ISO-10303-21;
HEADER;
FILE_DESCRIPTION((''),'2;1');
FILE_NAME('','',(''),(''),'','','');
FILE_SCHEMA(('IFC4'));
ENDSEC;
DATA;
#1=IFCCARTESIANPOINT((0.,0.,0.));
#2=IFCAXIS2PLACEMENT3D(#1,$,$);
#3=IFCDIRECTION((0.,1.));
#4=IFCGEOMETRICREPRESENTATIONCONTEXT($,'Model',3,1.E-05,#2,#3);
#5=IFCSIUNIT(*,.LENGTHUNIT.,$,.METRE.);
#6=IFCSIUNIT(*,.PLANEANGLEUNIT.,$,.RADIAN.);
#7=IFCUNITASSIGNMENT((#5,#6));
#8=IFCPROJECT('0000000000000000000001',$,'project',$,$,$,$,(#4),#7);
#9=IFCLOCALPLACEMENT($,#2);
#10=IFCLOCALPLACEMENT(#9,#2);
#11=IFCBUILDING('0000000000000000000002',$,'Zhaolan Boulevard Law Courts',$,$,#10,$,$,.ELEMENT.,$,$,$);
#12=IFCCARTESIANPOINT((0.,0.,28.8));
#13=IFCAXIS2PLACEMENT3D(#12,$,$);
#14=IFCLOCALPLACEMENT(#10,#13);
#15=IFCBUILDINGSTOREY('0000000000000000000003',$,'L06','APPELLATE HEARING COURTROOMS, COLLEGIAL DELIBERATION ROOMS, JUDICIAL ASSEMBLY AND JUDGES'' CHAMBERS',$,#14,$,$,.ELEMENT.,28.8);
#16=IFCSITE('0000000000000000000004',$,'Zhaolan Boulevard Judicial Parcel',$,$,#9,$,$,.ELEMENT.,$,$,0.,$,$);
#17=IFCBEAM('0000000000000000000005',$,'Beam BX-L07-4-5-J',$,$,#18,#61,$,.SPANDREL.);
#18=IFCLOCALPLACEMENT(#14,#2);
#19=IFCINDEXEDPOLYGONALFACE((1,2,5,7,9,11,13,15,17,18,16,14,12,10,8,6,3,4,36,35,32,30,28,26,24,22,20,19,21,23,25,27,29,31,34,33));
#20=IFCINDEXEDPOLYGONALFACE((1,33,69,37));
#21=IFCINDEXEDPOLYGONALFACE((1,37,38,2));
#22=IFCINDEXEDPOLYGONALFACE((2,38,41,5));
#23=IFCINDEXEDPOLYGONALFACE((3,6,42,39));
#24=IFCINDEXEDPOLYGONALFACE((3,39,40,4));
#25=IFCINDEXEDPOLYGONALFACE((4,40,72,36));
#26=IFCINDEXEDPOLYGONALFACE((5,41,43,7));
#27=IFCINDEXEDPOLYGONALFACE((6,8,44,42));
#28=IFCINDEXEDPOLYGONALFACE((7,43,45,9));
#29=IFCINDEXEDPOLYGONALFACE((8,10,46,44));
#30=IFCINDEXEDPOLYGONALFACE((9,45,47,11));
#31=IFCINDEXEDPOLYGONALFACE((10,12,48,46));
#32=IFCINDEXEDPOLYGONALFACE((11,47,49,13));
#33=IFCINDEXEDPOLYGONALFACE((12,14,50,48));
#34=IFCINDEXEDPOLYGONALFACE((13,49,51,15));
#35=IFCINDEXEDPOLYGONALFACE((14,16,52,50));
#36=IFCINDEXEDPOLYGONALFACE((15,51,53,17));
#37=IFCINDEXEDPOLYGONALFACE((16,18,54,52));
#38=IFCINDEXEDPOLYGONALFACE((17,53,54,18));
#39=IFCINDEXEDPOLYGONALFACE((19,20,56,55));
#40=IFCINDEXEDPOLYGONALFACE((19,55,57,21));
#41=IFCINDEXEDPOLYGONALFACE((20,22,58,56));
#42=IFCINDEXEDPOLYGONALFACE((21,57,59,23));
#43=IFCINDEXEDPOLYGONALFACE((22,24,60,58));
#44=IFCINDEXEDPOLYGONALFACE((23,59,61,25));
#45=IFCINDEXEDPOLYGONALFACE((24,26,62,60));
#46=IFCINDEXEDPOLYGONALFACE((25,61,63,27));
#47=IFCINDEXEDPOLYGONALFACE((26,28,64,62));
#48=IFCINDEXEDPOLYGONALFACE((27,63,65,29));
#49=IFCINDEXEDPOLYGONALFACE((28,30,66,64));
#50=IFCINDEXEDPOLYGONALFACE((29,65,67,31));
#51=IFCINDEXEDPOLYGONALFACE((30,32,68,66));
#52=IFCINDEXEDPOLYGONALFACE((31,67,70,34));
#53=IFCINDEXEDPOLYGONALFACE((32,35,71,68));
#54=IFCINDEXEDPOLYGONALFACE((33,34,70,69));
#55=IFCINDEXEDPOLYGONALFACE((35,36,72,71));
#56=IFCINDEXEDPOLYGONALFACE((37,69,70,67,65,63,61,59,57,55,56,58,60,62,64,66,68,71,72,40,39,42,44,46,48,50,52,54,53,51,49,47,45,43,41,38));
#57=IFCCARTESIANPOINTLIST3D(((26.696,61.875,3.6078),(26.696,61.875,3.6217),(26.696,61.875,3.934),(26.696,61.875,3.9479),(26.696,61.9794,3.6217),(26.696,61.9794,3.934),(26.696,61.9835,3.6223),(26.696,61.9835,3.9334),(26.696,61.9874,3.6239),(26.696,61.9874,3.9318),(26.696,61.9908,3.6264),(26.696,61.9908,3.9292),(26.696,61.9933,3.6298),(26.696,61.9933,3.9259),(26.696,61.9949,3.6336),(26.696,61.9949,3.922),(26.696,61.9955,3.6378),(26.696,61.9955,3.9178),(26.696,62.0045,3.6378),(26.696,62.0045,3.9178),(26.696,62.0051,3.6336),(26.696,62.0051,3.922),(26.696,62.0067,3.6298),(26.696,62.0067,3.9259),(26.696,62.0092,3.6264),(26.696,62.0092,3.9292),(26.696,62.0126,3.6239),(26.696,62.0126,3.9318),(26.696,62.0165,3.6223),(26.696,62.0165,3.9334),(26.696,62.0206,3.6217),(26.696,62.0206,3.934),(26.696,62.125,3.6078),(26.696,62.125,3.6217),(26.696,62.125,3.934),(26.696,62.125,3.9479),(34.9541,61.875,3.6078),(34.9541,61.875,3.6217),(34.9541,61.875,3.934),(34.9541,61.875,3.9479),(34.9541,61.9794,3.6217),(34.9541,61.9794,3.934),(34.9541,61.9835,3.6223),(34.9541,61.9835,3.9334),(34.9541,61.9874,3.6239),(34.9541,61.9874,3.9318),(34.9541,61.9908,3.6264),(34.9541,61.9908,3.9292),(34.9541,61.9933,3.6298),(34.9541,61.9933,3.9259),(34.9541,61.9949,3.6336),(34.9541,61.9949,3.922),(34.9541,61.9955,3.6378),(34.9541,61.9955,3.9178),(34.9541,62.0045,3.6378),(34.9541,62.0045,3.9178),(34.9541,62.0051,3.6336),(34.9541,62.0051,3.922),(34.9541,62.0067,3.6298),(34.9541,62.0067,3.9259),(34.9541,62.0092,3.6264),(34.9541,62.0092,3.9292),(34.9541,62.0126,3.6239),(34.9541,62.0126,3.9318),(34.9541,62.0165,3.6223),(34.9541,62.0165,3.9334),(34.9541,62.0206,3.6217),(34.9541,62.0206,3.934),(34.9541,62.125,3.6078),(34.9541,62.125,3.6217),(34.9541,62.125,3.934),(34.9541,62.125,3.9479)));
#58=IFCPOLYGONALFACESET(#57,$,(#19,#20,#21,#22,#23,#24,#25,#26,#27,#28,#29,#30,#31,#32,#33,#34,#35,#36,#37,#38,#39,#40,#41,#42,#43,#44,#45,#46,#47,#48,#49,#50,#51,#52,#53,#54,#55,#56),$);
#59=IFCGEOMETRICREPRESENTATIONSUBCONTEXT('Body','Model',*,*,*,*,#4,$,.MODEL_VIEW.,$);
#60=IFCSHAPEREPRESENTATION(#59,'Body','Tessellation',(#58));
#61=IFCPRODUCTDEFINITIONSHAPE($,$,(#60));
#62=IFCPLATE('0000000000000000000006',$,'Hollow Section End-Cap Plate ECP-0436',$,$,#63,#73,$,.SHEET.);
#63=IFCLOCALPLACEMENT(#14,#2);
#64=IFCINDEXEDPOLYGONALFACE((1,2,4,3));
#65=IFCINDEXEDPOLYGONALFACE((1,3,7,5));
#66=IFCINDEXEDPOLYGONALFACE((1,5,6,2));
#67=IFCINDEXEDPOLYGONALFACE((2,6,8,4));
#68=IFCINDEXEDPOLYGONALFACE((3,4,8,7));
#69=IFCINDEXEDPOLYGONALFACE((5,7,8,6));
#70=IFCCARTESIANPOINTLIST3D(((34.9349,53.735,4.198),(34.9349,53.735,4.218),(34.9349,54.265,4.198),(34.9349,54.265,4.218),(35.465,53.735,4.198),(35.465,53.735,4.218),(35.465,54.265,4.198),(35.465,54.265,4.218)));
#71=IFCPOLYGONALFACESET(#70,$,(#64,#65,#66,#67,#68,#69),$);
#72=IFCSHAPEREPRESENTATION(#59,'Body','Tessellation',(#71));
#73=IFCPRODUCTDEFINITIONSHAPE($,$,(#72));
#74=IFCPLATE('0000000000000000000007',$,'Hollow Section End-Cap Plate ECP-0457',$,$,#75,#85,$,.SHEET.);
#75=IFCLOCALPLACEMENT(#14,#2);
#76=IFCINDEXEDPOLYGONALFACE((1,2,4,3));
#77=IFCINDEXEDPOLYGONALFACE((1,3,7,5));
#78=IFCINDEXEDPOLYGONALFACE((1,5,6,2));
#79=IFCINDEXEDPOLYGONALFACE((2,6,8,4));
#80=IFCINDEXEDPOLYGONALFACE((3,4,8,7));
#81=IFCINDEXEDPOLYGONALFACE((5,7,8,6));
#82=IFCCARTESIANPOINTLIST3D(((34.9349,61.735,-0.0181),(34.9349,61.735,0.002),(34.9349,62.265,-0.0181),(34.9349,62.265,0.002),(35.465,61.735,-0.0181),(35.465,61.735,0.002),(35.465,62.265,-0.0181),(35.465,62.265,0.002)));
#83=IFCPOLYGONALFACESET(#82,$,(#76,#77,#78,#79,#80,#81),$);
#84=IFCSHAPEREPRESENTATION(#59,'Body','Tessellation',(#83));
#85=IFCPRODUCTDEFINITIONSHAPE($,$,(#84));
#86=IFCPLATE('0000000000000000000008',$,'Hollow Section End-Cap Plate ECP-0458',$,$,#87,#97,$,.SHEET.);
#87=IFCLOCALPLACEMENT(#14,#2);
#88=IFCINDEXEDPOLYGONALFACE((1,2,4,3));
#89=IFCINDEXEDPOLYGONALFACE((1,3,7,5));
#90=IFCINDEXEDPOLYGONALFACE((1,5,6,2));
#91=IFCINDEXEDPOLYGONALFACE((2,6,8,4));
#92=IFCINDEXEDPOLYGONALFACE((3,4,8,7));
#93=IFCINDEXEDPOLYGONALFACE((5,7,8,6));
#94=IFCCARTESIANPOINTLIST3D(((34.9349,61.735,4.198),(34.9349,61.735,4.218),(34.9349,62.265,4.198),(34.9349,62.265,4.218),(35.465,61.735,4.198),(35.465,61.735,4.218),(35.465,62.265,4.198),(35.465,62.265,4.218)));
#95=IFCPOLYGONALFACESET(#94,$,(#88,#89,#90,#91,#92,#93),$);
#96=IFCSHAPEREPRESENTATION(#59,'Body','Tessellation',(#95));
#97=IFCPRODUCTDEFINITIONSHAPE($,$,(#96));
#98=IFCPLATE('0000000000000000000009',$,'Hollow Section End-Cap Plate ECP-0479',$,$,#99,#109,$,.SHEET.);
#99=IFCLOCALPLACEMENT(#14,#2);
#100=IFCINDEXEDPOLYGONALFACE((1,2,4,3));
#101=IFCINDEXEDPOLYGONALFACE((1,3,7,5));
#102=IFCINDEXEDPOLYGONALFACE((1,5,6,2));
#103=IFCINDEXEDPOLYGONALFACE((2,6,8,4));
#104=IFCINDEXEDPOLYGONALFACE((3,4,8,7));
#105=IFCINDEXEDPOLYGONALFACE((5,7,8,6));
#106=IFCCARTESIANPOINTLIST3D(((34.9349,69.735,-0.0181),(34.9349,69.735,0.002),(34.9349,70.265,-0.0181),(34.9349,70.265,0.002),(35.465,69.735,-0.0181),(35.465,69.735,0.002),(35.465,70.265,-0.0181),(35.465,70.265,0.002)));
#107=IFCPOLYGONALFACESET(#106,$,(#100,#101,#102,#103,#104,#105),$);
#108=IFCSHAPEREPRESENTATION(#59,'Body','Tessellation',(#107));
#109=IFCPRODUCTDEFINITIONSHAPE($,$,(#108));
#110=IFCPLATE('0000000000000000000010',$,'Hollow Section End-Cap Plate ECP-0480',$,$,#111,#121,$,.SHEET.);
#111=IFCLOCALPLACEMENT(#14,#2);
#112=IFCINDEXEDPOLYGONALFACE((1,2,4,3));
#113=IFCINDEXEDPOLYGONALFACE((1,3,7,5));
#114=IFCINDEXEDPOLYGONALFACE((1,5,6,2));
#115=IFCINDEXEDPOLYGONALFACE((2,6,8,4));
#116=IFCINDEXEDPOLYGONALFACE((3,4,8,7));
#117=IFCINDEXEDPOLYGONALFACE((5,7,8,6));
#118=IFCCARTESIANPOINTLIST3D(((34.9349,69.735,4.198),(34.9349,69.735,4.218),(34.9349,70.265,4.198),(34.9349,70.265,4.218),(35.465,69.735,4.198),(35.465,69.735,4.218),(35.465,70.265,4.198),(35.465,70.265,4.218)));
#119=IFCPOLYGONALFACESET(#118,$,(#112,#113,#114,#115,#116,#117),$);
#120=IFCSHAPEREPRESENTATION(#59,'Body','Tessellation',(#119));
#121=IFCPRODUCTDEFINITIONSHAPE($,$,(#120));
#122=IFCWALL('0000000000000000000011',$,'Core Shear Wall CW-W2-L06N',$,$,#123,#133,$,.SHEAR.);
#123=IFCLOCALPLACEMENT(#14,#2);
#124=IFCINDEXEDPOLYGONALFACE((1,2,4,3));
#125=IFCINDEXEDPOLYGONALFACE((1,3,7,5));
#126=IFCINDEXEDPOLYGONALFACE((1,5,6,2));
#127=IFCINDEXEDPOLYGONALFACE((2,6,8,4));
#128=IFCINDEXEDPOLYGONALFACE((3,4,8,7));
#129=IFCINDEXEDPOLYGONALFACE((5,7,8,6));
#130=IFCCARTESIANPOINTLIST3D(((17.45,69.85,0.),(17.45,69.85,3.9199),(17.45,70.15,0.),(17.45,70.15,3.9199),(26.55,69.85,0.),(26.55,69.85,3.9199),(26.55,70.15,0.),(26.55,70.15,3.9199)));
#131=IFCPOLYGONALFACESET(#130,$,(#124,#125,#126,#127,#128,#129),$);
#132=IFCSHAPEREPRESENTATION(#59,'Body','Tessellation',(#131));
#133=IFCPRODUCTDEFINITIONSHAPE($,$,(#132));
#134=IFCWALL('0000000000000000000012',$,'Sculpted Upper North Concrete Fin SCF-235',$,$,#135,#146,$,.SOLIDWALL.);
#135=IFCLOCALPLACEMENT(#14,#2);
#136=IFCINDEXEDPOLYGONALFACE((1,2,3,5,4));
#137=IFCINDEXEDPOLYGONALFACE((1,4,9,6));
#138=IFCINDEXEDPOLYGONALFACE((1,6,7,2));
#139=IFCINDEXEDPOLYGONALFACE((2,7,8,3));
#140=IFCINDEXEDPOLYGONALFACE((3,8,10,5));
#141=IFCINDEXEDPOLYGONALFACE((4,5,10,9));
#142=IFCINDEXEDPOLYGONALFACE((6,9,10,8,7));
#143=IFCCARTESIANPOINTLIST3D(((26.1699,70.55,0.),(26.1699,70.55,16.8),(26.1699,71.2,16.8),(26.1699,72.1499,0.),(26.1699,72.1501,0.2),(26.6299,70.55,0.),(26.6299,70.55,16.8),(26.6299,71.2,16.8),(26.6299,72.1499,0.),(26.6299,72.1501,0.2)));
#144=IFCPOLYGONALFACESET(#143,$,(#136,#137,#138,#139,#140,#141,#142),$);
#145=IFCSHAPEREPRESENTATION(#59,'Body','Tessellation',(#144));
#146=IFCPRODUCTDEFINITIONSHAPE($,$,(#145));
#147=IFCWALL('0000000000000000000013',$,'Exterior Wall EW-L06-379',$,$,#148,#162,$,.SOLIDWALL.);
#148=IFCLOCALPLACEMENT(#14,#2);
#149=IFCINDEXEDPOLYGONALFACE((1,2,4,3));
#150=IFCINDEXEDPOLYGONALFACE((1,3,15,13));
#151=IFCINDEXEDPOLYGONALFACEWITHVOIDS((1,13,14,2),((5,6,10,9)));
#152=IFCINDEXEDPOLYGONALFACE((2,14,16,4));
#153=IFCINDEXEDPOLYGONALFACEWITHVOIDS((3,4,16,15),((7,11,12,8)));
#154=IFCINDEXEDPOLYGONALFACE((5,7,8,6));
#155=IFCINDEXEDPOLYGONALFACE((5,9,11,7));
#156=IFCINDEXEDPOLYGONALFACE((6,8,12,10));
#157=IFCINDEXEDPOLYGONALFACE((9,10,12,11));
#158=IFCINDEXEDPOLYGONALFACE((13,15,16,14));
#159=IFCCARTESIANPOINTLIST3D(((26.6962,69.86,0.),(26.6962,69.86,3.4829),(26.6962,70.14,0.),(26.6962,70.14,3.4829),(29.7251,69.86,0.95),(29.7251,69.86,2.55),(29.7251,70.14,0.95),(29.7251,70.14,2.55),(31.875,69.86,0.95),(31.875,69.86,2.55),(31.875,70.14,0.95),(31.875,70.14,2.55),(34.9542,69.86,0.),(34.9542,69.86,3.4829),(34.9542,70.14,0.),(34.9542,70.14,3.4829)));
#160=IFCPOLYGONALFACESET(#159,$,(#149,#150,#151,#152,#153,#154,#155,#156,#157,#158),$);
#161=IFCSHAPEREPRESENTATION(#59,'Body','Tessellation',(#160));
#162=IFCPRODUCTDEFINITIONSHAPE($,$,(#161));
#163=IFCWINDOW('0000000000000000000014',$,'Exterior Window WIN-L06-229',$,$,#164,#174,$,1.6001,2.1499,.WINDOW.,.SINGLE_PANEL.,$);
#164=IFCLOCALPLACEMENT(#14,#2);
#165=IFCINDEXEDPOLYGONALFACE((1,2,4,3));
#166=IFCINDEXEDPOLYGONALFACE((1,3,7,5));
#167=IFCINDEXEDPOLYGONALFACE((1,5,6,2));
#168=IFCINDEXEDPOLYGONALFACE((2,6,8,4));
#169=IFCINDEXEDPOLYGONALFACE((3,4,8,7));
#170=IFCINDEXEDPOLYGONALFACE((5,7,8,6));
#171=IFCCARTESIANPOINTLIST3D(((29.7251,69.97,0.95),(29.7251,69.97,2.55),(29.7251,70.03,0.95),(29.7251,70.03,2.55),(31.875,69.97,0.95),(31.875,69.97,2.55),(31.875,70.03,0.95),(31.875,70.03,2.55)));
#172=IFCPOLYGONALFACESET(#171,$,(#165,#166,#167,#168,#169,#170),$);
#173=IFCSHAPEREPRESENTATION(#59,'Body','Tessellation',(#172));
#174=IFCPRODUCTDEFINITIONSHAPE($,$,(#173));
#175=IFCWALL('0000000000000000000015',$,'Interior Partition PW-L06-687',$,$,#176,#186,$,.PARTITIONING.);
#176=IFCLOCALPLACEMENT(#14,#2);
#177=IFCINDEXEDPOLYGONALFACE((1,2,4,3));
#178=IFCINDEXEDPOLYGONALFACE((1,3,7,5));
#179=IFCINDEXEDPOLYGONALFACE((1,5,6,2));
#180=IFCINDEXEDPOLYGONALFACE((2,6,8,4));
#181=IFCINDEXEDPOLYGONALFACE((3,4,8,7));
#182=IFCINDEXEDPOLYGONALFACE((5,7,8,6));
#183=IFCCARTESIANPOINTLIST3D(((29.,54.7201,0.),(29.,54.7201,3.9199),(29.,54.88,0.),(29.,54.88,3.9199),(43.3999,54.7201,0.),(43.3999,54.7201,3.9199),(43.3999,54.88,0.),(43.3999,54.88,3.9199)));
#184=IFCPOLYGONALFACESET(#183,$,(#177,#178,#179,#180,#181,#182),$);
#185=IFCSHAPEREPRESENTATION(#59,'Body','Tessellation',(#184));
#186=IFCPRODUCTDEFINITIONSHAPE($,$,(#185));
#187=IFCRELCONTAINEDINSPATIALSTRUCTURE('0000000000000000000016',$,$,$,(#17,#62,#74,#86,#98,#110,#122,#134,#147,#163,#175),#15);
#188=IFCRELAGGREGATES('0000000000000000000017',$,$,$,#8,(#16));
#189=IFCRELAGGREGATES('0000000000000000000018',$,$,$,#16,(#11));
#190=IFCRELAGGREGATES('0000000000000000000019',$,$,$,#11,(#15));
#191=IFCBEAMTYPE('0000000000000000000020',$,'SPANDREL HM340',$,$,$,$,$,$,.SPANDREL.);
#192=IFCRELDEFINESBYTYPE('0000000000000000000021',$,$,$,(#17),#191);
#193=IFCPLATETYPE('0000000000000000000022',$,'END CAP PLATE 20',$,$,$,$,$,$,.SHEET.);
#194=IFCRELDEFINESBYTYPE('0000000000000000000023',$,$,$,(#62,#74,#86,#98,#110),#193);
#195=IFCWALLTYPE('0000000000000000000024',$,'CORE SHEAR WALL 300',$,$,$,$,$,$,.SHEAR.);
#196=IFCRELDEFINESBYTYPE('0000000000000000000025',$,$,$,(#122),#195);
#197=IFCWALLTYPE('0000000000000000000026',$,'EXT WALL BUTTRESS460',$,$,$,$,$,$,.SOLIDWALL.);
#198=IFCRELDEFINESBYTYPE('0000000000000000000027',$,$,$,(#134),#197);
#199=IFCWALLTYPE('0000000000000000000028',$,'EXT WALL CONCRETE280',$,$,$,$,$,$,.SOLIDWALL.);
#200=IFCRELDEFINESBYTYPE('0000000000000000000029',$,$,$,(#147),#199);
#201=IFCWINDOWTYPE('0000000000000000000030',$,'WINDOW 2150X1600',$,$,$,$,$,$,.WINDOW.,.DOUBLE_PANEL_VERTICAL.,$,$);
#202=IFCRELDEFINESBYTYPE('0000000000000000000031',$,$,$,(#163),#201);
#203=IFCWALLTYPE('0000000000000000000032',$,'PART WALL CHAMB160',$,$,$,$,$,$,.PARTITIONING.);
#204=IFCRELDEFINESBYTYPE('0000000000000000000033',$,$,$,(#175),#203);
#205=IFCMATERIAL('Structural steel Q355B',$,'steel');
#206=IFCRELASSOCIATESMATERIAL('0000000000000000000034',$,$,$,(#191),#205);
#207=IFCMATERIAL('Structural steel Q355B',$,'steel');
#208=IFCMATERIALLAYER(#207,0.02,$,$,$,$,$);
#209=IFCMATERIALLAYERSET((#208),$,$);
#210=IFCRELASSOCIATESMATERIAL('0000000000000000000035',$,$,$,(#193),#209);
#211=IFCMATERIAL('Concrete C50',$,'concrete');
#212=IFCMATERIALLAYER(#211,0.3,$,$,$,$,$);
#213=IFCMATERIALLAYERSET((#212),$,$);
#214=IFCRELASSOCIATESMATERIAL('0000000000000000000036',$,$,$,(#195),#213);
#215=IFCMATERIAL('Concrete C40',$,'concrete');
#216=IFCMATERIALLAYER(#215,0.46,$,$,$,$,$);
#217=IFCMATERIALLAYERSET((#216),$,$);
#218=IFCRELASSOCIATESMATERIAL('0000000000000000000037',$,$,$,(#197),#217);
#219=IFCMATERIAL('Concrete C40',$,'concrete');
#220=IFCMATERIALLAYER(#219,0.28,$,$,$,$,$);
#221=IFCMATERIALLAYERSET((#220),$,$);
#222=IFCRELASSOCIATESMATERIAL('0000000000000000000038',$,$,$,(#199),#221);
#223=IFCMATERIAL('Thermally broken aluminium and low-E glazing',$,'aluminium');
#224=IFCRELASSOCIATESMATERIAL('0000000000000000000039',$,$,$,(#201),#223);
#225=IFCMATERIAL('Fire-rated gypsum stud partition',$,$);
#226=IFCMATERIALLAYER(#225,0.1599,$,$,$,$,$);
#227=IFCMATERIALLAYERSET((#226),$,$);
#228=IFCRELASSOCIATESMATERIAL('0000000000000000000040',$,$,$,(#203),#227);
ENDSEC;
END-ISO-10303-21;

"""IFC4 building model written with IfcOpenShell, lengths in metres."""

from ifc_helpers import new_model, si_unit, direction, frame, frame_2d, origin, origin_2d, place, context, subcontext, project, spatial, polyline, rectangle, i_section, outline, extrude, material, layer, layer_set, material_profile, profile_set, type_object, element, fill, save


model = new_model("IFC4")

# Units and contexts
model_context = context("Model", 3, precision=1e-05, world=origin(), true_north=direction((0.0, 1.0)))
body_context = subcontext(model_context, "Body", "Model", "MODEL_VIEW")
ifc_project = project(units=[si_unit("LENGTHUNIT", "METRE"), si_unit("PLANEANGLEUNIT", "RADIAN")], contexts=[model_context])

# Site, building, storey
site_placement = place(None, origin())
site = spatial("IfcSite", under=ifc_project, at=site_placement, Name="Zhaolan Boulevard Judicial Parcel", CompositionType="ELEMENT", RefElevation=0.0)
building_placement = place(site_placement, origin())
building = spatial("IfcBuilding", under=site, at=building_placement, Name="Zhaolan Boulevard Law Courts", CompositionType="ELEMENT")
storey_placement = place(building_placement, frame((0.0, 0.0, 28.8)))
storey = spatial("IfcBuildingStorey", under=building, at=storey_placement, Name="L06", Description="APPELLATE HEARING COURTROOMS, COLLEGIAL DELIBERATION ROOMS, JUDICIAL ASSEMBLY AND JUDGES' CHAMBERS", CompositionType="ELEMENT", Elevation=28.8)

# Beam
ifc_material_1 = material(Name="Structural steel Q355B", Category="steel")
ifc_material_profile_1 = material_profile(ifc_material_1, i_section(OverallWidth=0.25, OverallDepth=0.3401, WebThickness=0.009, FlangeThickness=0.0139, FilletRadius=0.0161, at=origin_2d()), Name="HM340x250")
ifc_profile_set_1 = profile_set([ifc_material_profile_1], Name="Structural steel Q355B")
beam_type_1 = type_object("IfcBeamType", Name="SPANDREL HM340", PredefinedType="SPANDREL", material=ifc_profile_set_1)
beam_1_placement = place(storey_placement, frame((26.696, 62.0, 3.7778), z_axis=(1.0, 0.0, 0.0), x_axis=(0.0, 1.0, 0.0)))
element("IfcBeam", 1, at=beam_1_placement, inside=storey, type_object=beam_type_1, Name="Beam BX-L07-4-5-J", PredefinedType="SPANDREL", context=body_context, shape_type="SweptSolid", body=[
    extrude(i_section(OverallWidth=0.25, OverallDepth=0.3401, WebThickness=0.009, FlangeThickness=0.0139, FilletRadius=0.0161, at=origin_2d()), origin(), (0.0, 0.0, 1.0), 8.2581),
])

# Plates
ifc_material_2 = material(Name="Structural steel Q355B", Category="steel")
ifc_layer_1 = layer(ifc_material_2, 0.02)
ifc_layer_set_1 = layer_set([ifc_layer_1])
plate_type = type_object("IfcPlateType", Name="END CAP PLATE 20", PredefinedType="SHEET", material=ifc_layer_set_1)
for number, where, z_axis, x_axis, name in (
    (2, (35.2, 54.0, 4.198), (0.0, 0.0, 1.0), (1.0, 0.0, 0.0), "Hollow Section End-Cap Plate ECP-0436"),
    (3, (35.2, 62.0, -0.0181), (0.0, 0.0, 1.0), (1.0, 0.0, 0.0), "Hollow Section End-Cap Plate ECP-0457"),
    (4, (35.2, 62.0, 4.198), (0.0, 0.0, 1.0), (1.0, 0.0, 0.0), "Hollow Section End-Cap Plate ECP-0458"),
    (5, (35.2, 70.0, -0.0181), (0.0, 0.0, 1.0), (1.0, 0.0, 0.0), "Hollow Section End-Cap Plate ECP-0479"),
    (6, (35.2, 70.0, 4.198), (0.0, 0.0, 1.0), (1.0, 0.0, 0.0), "Hollow Section End-Cap Plate ECP-0480"),
):
    element("IfcPlate", number, at=place(storey_placement, frame(where, z_axis=z_axis, x_axis=x_axis)), inside=storey, type_object=plate_type, Name=name, PredefinedType="SHEET", context=body_context, shape_type="SweptSolid", body=[
        extrude(rectangle(XDim=0.53, YDim=0.53, at=origin_2d()), origin(), (0.0, 0.0, 1.0), 0.02),
    ])

# Walls
ifc_material_3 = material(Name="Concrete C50", Category="concrete")
ifc_layer_2 = layer(ifc_material_3, 0.3)
ifc_layer_set_2 = layer_set([ifc_layer_2])
wall_type_1 = type_object("IfcWallType", Name="CORE SHEAR WALL 300", PredefinedType="SHEAR", material=ifc_layer_set_2)
wall_1_placement = place(storey_placement, frame((26.55, 70.0, 0.0), z_axis=(0.0, 0.0, 1.0), x_axis=(-1.0, 0.0, 0.0)))
element("IfcWall", 7, at=wall_1_placement, inside=storey, type_object=wall_type_1, Name="Core Shear Wall CW-W2-L06N", PredefinedType="SHEAR", context=body_context, shape_type="SweptSolid", body=[
    extrude(rectangle(XDim=9.1001, YDim=0.3, at=frame_2d((4.55, 0.0))), origin(), (0.0, 0.0, 1.0), 3.9199),
])
ifc_material_4 = material(Name="Concrete C40", Category="concrete")
ifc_layer_3 = layer(ifc_material_4, 0.46)
ifc_layer_set_3 = layer_set([ifc_layer_3])
wall_type_2 = type_object("IfcWallType", Name="EXT WALL BUTTRESS460", PredefinedType="SOLIDWALL", material=ifc_layer_set_3)
wall_2_placement = place(storey_placement, frame((26.3999, 70.55, 0.0), z_axis=(0.0, 0.0, 1.0), x_axis=(0.0, 1.0, 0.0)))
element("IfcWall", 8, at=wall_2_placement, inside=storey, type_object=wall_type_2, Name="Sculpted Upper North Concrete Fin SCF-235", PredefinedType="SOLIDWALL", context=body_context, shape_type="SweptSolid", body=[
    extrude(outline(polyline([(0.0, 0.0), (1.5999, 0.0), (1.6001, 0.2), (0.6499, 16.8), (0.0, 16.8), (0.0, 0.0)])), frame((0.0, 0.23, 0.0), z_axis=(0.0, -1.0, 0.0), x_axis=(1.0, 0.0, 0.0)), (0.0, 0.0, 1.0), 0.46),
])

# Wall, opening, window
ifc_material_5 = material(Name="Concrete C40", Category="concrete")
ifc_layer_4 = layer(ifc_material_5, 0.28)
ifc_layer_set_4 = layer_set([ifc_layer_4])
wall_type_3 = type_object("IfcWallType", Name="EXT WALL CONCRETE280", PredefinedType="SOLIDWALL", material=ifc_layer_set_4)
wall_3_placement = place(storey_placement, frame((34.9541, 70.0, 0.0), z_axis=(0.0, 0.0, 1.0), x_axis=(-1.0, 0.0, 0.0)))
wall_3 = element("IfcWall", 9, at=wall_3_placement, inside=storey, type_object=wall_type_3, Name="Exterior Wall EW-L06-379", PredefinedType="SOLIDWALL", context=body_context, shape_type="SweptSolid", body=[
    extrude(rectangle(XDim=8.2581, YDim=0.28, at=frame_2d((4.1289, 0.0))), origin(), (0.0, 0.0, 1.0), 3.4829),
])
opening_1_placement = place(wall_3_placement, frame((3.0791, 0.0, 0.95)))
opening_1 = element("IfcOpeningElement", 10, at=opening_1_placement, cuts=wall_3, PredefinedType="OPENING", context=body_context, shape_type="SweptSolid", body=[
    extrude(rectangle(XDim=2.1499, YDim=1.6001, at=frame_2d((1.075, 0.8))), frame((0.0, 0.1499, 0.0), z_axis=(0.0, -1.0, 0.0), x_axis=(1.0, 0.0, 0.0)), (0.0, 0.0, 1.0), 0.3),
])
ifc_material_6 = material(Name="Thermally broken aluminium and low-E glazing", Category="aluminium")
window_type = type_object("IfcWindowType", Name="WINDOW 2150X1600", PartitioningType="DOUBLE_PANEL_VERTICAL", PredefinedType="WINDOW", material=ifc_material_6)
window_placement = place(opening_1_placement, origin())
window = element("IfcWindow", 11, at=window_placement, inside=storey, type_object=window_type, Name="Exterior Window WIN-L06-229", OverallHeight=1.6001, OverallWidth=2.1499, PartitioningType="SINGLE_PANEL", PredefinedType="WINDOW", context=body_context, shape_type="SweptSolid", body=[
    extrude(rectangle(XDim=2.1499, YDim=1.6001, at=frame_2d((1.075, 0.8))), frame((0.0, 0.03, 0.0), z_axis=(0.0, -1.0, 0.0), x_axis=(1.0, 0.0, 0.0)), (0.0, 0.0, 1.0), 0.0601),
])
fill(opening_1, window)

# Wall
ifc_material_7 = material(Name="Fire-rated gypsum stud partition")
ifc_layer_5 = layer(ifc_material_7, 0.1599)
ifc_layer_set_5 = layer_set([ifc_layer_5])
wall_type_4 = type_object("IfcWallType", Name="PART WALL CHAMB160", PredefinedType="PARTITIONING", material=ifc_layer_set_5)
wall_4_placement = place(storey_placement, frame((29.0, 54.8, 0.0), z_axis=(0.0, 0.0, 1.0), x_axis=(1.0, 0.0, 0.0)))
element("IfcWall", 12, at=wall_4_placement, inside=storey, type_object=wall_type_4, Name="Interior Partition PW-L06-687", PredefinedType="PARTITIONING", context=body_context, shape_type="SweptSolid", body=[
    extrude(rectangle(XDim=14.3999, YDim=0.1599, at=frame_2d((7.2, 0.0))), origin(), (0.0, 0.0, 1.0), 3.9199),
])

save(model, "model.ifc")
